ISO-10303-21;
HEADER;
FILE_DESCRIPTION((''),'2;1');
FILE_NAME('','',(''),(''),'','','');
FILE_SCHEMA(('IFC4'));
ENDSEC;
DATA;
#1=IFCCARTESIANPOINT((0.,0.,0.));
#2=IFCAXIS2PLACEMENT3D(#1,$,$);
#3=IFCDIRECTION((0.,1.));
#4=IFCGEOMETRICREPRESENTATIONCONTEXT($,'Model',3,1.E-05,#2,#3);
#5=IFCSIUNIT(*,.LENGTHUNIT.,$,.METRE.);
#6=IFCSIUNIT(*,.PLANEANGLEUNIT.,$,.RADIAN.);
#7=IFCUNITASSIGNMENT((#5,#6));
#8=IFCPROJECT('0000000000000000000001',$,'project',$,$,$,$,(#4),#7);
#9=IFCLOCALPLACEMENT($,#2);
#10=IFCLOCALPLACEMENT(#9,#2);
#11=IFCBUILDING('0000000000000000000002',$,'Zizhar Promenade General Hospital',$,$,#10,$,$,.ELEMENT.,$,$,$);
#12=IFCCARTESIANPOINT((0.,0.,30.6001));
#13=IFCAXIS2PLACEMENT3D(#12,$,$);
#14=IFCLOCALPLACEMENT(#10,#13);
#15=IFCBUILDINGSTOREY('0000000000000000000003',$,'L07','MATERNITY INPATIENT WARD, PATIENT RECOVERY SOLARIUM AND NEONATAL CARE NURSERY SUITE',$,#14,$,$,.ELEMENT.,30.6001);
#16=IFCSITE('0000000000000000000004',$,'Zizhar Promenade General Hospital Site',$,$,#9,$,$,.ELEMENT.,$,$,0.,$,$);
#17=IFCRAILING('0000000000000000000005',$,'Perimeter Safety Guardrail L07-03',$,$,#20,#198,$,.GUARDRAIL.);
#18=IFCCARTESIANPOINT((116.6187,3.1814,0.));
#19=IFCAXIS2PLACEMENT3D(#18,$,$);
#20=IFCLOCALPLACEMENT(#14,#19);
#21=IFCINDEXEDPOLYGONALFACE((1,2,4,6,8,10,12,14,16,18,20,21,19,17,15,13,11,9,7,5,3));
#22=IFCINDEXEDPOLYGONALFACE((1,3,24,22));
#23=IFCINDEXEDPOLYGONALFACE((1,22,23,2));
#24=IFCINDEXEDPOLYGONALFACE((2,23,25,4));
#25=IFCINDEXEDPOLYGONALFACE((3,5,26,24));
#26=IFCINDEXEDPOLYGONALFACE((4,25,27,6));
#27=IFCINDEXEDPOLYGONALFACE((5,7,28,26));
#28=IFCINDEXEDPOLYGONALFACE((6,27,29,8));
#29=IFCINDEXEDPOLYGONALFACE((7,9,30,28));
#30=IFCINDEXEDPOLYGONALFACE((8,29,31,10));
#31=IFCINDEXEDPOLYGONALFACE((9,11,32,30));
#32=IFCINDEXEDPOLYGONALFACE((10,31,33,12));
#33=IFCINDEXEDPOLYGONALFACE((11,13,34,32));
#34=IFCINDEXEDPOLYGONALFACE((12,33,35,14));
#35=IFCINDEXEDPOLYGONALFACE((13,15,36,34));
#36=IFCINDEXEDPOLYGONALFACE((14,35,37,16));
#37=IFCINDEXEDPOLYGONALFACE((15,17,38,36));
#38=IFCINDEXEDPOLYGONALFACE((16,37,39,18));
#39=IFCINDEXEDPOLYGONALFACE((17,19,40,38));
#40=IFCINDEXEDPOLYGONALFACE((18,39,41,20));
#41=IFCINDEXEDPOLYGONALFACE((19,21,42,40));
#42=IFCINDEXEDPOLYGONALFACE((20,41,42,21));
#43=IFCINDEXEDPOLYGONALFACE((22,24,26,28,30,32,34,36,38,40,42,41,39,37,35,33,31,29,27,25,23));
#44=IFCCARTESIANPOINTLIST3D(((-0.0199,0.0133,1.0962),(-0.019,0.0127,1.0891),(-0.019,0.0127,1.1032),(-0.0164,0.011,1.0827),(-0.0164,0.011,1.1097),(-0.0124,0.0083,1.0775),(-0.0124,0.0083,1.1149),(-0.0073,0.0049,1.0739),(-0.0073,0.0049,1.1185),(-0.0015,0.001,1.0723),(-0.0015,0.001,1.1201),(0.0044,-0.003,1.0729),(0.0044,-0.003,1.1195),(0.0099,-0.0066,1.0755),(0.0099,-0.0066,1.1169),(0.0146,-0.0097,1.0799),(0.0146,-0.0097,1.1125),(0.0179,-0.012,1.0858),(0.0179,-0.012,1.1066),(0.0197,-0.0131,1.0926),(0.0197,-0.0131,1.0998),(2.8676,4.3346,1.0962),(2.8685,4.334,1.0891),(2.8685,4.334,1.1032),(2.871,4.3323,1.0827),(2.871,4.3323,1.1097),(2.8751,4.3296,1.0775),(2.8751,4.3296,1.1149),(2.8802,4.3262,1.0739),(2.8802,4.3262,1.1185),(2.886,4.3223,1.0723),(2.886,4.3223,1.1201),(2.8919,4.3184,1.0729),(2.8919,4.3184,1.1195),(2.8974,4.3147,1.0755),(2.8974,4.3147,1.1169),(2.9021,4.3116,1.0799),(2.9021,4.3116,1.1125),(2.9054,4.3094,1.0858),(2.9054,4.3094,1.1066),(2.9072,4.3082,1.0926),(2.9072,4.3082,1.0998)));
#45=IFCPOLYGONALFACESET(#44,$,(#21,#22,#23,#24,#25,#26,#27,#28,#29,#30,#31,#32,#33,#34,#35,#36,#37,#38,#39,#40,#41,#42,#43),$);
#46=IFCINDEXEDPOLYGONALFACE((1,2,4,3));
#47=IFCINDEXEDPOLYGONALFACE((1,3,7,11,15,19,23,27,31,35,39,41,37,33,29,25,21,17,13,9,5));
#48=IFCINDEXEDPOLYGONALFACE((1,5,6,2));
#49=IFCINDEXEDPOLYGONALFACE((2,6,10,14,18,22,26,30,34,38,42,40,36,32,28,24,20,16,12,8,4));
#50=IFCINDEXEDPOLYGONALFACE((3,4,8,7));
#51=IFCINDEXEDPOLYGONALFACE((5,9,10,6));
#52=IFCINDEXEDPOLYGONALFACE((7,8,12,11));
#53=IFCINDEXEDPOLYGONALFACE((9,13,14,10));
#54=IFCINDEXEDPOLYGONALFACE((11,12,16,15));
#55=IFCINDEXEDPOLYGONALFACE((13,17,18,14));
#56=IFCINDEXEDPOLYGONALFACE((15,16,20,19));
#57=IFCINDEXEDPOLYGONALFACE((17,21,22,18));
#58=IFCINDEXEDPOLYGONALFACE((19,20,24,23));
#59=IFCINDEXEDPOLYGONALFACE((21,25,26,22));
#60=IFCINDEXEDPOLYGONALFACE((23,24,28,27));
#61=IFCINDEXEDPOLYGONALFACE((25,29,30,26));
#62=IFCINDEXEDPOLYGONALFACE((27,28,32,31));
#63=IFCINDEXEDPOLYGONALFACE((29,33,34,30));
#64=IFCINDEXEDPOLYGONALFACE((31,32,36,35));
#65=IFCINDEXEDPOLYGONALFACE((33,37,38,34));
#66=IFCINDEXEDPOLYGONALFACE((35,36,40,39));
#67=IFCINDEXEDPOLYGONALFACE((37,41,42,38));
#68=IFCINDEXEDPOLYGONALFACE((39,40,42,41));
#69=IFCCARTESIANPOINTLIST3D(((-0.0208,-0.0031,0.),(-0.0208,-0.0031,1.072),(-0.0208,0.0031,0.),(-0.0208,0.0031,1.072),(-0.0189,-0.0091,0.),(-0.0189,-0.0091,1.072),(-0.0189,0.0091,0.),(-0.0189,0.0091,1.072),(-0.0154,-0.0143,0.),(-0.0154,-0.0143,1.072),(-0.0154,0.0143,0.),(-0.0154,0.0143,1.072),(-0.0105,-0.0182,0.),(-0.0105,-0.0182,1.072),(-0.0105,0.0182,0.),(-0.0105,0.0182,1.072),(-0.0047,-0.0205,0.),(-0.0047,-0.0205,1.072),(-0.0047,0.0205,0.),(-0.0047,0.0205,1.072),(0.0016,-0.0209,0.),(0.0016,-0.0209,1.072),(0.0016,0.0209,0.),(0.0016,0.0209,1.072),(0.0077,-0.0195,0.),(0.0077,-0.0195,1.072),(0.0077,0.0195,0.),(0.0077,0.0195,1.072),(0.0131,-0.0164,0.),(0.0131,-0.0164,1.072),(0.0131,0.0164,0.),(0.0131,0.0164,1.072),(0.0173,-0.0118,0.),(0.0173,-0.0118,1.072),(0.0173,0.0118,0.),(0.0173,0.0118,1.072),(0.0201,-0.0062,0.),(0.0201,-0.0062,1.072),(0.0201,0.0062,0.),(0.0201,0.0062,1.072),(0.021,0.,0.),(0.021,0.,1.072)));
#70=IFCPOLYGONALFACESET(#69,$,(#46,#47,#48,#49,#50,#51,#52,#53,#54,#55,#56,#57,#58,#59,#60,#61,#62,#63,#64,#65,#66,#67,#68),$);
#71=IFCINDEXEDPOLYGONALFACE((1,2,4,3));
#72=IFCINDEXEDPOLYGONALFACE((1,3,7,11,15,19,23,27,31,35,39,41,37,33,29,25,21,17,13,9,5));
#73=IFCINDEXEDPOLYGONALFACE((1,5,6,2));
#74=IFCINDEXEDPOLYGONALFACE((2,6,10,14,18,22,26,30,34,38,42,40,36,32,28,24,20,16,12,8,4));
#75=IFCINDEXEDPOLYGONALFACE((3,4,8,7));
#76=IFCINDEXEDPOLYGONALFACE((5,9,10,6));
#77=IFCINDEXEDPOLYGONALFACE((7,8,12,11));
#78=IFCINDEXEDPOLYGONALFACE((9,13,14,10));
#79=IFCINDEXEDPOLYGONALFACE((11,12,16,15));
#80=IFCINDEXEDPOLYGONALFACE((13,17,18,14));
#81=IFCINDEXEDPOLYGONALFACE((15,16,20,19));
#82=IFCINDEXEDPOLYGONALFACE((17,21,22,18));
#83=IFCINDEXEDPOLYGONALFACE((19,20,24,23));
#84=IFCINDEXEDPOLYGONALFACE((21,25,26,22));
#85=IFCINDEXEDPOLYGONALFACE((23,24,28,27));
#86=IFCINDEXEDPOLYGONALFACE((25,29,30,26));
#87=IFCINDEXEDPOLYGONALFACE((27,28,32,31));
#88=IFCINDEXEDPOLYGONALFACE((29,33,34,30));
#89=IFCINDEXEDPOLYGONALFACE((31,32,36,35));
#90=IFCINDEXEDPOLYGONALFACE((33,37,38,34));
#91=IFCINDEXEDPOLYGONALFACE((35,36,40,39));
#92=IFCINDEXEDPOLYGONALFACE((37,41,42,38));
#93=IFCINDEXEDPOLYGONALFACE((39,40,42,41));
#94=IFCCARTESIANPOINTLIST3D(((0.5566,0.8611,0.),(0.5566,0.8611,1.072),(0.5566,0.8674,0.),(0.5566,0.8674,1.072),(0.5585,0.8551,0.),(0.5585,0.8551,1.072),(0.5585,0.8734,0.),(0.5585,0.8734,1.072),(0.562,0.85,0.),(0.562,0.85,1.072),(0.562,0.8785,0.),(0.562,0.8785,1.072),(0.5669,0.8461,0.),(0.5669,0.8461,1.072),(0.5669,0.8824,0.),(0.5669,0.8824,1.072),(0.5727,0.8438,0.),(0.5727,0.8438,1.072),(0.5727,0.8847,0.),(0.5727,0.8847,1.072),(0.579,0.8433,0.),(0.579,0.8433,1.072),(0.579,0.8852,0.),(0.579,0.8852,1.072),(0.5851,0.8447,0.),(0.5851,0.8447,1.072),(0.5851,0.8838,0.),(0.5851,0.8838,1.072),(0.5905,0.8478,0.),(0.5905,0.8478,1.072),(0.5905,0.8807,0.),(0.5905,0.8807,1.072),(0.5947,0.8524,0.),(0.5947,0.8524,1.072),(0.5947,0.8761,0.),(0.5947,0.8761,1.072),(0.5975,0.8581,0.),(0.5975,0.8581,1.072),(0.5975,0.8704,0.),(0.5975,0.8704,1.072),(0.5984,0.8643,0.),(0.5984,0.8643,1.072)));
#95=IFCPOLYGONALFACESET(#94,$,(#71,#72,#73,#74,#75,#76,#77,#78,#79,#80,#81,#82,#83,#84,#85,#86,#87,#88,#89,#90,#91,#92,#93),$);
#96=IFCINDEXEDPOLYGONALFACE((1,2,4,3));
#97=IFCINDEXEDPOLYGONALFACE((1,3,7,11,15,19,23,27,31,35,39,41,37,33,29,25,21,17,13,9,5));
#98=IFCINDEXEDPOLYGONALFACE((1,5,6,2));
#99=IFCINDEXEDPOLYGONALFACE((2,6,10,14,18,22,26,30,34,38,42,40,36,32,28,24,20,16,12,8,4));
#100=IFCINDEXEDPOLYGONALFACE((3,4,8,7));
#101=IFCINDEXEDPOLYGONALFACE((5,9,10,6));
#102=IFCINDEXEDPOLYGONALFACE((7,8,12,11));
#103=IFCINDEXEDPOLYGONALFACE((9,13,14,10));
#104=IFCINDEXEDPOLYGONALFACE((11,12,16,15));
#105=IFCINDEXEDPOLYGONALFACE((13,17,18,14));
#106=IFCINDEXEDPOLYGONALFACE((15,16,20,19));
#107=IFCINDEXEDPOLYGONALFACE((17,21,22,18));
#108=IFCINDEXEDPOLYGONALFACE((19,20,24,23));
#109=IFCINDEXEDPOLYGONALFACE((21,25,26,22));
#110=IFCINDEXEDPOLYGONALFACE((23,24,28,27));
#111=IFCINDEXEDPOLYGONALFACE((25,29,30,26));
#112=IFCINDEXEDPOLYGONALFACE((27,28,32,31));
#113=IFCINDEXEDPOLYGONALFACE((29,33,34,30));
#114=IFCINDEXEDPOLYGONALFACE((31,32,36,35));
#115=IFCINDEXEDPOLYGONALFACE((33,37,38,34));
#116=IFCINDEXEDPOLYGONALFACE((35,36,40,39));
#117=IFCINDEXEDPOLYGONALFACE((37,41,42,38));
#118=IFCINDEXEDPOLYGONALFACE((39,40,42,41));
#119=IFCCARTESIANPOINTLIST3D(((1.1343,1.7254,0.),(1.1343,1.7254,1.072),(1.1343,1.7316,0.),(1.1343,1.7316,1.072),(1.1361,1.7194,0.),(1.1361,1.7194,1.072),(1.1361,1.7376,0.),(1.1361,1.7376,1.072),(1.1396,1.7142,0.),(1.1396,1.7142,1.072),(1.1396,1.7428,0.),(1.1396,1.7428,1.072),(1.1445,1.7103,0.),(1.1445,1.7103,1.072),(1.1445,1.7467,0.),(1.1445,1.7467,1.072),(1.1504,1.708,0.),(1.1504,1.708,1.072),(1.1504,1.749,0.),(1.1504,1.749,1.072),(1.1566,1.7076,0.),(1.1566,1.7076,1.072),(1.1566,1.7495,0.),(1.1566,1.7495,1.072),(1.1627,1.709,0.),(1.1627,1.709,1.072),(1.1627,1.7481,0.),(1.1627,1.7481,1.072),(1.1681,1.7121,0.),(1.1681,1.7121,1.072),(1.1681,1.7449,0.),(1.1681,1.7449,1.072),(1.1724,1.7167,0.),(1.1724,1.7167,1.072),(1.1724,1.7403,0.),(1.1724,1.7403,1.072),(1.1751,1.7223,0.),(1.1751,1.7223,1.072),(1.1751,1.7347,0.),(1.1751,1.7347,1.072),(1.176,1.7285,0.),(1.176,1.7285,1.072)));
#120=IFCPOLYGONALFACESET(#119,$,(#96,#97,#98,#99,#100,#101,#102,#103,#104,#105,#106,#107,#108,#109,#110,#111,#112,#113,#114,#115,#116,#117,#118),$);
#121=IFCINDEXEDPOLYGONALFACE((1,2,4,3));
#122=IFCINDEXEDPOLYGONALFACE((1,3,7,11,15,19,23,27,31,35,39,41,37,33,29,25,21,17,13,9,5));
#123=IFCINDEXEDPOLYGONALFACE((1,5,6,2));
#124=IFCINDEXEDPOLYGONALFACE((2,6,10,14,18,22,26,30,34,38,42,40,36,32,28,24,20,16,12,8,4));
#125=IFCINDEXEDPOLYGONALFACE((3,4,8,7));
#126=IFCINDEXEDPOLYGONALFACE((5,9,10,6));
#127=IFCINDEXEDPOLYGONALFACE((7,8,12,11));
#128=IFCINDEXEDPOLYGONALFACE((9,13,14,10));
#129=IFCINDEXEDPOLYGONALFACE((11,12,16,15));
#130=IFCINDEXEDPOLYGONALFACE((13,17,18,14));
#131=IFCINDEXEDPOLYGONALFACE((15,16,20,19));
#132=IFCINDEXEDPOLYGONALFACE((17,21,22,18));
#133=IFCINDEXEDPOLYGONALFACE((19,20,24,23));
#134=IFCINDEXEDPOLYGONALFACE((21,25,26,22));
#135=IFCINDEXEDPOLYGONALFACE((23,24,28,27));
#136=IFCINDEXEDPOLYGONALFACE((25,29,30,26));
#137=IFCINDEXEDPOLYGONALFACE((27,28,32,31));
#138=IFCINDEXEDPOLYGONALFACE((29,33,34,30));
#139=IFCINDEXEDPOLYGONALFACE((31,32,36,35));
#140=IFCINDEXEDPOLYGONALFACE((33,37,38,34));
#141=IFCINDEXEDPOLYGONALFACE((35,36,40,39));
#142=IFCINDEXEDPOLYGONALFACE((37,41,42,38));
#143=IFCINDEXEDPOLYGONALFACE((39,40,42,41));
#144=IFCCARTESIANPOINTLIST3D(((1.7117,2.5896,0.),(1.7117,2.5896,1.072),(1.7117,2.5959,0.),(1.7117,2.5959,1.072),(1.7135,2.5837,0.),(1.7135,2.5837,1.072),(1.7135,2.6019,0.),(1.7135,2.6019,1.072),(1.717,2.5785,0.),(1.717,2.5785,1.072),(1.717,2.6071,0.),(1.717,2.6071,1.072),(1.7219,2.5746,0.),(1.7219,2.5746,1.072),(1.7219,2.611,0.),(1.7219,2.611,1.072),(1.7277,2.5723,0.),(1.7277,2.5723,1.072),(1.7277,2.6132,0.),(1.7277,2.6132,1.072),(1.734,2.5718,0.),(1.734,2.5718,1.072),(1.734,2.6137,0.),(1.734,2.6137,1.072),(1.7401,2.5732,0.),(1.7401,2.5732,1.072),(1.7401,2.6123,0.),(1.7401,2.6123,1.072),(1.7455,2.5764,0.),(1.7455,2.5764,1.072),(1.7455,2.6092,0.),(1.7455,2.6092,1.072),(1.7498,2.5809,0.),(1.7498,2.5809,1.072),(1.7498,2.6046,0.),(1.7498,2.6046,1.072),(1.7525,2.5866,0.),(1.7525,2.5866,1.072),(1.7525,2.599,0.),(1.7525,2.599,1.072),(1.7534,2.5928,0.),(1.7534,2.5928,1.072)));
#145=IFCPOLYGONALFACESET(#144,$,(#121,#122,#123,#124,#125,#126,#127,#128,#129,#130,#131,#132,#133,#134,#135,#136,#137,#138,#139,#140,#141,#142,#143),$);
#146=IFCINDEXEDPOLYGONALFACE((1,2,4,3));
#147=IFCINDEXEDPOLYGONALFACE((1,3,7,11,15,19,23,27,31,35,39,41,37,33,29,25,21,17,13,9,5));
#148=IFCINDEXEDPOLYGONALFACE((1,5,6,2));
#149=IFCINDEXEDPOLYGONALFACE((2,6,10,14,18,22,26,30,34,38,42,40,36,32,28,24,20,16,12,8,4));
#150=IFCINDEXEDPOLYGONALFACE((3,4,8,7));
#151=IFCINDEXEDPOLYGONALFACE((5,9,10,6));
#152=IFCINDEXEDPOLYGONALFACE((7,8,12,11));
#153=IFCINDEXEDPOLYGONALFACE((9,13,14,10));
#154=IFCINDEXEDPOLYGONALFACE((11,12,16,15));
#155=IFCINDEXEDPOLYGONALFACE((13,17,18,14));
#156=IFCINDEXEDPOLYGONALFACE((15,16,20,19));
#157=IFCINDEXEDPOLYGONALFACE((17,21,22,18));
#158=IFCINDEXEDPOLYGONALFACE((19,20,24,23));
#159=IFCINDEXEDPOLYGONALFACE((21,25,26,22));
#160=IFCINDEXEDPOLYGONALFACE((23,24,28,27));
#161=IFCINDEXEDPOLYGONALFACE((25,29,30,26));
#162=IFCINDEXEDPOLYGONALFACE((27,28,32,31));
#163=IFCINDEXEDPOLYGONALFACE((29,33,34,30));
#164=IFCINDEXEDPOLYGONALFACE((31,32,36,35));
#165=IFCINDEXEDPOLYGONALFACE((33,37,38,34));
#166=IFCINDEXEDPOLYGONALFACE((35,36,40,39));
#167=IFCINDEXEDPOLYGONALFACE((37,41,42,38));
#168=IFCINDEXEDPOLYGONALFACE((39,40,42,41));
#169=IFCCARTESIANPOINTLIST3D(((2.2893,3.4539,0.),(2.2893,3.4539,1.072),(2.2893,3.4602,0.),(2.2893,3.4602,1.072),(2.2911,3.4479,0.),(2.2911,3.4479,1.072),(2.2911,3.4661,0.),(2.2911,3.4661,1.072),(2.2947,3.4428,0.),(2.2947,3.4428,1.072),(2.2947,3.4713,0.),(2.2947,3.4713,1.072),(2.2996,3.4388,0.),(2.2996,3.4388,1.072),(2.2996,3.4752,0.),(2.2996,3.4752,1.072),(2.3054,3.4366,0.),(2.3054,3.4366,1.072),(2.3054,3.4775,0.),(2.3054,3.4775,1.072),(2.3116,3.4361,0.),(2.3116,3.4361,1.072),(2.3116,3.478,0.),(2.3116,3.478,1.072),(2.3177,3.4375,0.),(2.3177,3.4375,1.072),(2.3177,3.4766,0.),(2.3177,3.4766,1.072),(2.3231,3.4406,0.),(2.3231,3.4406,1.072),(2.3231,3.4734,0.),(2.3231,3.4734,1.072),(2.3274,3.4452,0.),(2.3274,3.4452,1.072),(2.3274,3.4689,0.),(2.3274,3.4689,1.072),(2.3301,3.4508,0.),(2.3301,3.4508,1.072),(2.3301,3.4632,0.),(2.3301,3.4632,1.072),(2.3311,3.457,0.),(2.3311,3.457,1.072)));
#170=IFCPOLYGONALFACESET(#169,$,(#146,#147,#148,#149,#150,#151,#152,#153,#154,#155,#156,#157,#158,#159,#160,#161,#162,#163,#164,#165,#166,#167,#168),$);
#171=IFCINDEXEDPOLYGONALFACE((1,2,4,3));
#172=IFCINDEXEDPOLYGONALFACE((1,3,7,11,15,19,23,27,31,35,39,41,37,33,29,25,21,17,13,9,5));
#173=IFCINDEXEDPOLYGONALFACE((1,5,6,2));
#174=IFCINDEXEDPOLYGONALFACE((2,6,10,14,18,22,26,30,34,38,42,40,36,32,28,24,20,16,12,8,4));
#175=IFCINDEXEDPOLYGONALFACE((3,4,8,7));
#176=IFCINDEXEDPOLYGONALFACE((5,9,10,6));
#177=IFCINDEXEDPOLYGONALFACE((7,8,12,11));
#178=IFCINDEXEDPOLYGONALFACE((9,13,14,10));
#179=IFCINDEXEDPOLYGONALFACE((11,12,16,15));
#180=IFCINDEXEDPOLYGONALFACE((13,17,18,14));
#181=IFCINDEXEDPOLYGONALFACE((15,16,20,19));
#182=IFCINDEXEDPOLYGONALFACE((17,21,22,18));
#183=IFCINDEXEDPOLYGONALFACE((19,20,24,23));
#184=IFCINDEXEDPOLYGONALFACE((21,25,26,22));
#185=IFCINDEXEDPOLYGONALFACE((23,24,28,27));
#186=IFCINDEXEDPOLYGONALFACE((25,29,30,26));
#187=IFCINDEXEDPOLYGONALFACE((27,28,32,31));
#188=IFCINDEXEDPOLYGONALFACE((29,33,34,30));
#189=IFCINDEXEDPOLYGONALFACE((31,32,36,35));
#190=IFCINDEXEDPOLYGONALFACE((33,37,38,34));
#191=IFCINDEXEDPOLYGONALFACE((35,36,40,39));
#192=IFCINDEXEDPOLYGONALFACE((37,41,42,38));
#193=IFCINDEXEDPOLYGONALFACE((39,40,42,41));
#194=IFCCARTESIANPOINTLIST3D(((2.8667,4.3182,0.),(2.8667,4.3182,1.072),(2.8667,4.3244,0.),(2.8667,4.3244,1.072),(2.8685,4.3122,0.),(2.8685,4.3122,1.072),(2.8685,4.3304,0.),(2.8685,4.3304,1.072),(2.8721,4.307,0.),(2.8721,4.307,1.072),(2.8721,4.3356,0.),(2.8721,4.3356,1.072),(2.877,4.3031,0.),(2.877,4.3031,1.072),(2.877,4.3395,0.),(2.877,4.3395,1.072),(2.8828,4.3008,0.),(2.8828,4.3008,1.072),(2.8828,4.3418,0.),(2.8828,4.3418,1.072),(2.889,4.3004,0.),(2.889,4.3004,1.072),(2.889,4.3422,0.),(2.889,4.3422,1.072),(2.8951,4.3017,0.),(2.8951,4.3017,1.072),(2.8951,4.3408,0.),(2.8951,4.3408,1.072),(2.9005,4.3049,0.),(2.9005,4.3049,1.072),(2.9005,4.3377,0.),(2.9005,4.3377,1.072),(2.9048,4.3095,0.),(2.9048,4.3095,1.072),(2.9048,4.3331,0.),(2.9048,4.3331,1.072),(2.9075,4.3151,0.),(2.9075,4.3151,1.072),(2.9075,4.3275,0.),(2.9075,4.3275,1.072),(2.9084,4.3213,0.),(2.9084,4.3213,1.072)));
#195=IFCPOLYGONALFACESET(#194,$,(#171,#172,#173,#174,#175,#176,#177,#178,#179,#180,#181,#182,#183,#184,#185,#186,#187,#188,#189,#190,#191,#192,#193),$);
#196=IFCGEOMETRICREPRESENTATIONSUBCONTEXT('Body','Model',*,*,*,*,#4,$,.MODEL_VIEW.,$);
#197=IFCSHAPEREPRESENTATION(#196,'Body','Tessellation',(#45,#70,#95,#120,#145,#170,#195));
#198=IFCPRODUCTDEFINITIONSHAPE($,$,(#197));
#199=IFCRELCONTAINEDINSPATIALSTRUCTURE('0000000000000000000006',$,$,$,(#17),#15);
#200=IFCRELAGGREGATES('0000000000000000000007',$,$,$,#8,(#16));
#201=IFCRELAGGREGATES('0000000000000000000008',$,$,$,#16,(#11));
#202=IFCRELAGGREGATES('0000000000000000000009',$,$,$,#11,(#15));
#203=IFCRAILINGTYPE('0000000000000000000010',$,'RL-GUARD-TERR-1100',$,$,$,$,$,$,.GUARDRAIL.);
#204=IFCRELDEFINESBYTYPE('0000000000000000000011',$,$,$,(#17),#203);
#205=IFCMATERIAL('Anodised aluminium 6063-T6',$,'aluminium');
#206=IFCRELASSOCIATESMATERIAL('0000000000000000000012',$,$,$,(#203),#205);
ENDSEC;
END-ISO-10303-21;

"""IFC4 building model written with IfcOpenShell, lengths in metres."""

from ifc_helpers import new_model, si_unit, direction, frame, origin, origin_2d, place, context, subcontext, project, spatial, circle, hollow_circle, extrude, material, material_profile, profile_set, type_object, element, save


model = new_model("IFC4")

# Units and contexts
model_context = context("Model", 3, precision=1e-05, world=origin(), true_north=direction((0.0, 1.0)))
body_context = subcontext(model_context, "Body", "Model", "MODEL_VIEW")
ifc_project = project(units=[si_unit("LENGTHUNIT", "METRE"), si_unit("PLANEANGLEUNIT", "RADIAN")], contexts=[model_context])

# Site, building, storey
site_placement = place(None, origin())
site = spatial("IfcSite", under=ifc_project, at=site_placement, Name="Zizhar Promenade General Hospital Site", CompositionType="ELEMENT", RefElevation=0.0)
building_placement = place(site_placement, origin())
building = spatial("IfcBuilding", under=site, at=building_placement, Name="Zizhar Promenade General Hospital", CompositionType="ELEMENT")
storey_placement = place(building_placement, frame((0.0, 0.0, 30.6001)))
storey = spatial("IfcBuildingStorey", under=building, at=storey_placement, Name="L07", Description="MATERNITY INPATIENT WARD, PATIENT RECOVERY SOLARIUM AND NEONATAL CARE NURSERY SUITE", CompositionType="ELEMENT", Elevation=30.6001)

# Railing
ifc_material_1 = material(Name="Anodised aluminium 6063-T6", Category="aluminium")
ifc_material_profile_1 = material_profile(ifc_material_1, hollow_circle(Radius=0.0698, WallThickness=0.0063, at=origin_2d()))
ifc_profile_set_1 = profile_set([ifc_material_profile_1], Name="Anodised aluminium 6063-T6")
railing_type = type_object("IfcRailingType", Name="RL-GUARD-TERR-1100", PredefinedType="GUARDRAIL", material=ifc_profile_set_1)
railing_1_placement = place(storey_placement, frame((116.6187, 3.1814, 0.0)))
element("IfcRailing", 1, at=railing_1_placement, inside=storey, type_object=railing_type, Name="Perimeter Safety Guardrail L07-03", PredefinedType="GUARDRAIL", context=body_context, shape_type="SweptSolid", body=[
    extrude(circle(Radius=0.0239, at=origin_2d()), frame((0.0, 0.0, 1.0962), z_axis=(0.555578, 0.831464, 0.0), x_axis=(-0.831464, 0.555578, 0.0)), (0.0, 0.0, 1.0), 5.1973),
    extrude(circle(Radius=0.021, at=origin_2d()), origin(), (0.0, 0.0, 1.0), 1.072),
    extrude(circle(Radius=0.021, at=origin_2d()), frame((0.5774, 0.8643, 0.0)), (0.0, 0.0, 1.0), 1.072),
    extrude(circle(Radius=0.021, at=origin_2d()), frame((1.155, 1.7285, 0.0)), (0.0, 0.0, 1.0), 1.072),
    extrude(circle(Radius=0.021, at=origin_2d()), frame((1.7324, 2.5928, 0.0)), (0.0, 0.0, 1.0), 1.072),
    extrude(circle(Radius=0.021, at=origin_2d()), frame((2.3101, 3.457, 0.0)), (0.0, 0.0, 1.0), 1.072),
    extrude(circle(Radius=0.021, at=origin_2d()), frame((2.8875, 4.3213, 0.0)), (0.0, 0.0, 1.0), 1.072),
])

save(model, "model.ifc")
